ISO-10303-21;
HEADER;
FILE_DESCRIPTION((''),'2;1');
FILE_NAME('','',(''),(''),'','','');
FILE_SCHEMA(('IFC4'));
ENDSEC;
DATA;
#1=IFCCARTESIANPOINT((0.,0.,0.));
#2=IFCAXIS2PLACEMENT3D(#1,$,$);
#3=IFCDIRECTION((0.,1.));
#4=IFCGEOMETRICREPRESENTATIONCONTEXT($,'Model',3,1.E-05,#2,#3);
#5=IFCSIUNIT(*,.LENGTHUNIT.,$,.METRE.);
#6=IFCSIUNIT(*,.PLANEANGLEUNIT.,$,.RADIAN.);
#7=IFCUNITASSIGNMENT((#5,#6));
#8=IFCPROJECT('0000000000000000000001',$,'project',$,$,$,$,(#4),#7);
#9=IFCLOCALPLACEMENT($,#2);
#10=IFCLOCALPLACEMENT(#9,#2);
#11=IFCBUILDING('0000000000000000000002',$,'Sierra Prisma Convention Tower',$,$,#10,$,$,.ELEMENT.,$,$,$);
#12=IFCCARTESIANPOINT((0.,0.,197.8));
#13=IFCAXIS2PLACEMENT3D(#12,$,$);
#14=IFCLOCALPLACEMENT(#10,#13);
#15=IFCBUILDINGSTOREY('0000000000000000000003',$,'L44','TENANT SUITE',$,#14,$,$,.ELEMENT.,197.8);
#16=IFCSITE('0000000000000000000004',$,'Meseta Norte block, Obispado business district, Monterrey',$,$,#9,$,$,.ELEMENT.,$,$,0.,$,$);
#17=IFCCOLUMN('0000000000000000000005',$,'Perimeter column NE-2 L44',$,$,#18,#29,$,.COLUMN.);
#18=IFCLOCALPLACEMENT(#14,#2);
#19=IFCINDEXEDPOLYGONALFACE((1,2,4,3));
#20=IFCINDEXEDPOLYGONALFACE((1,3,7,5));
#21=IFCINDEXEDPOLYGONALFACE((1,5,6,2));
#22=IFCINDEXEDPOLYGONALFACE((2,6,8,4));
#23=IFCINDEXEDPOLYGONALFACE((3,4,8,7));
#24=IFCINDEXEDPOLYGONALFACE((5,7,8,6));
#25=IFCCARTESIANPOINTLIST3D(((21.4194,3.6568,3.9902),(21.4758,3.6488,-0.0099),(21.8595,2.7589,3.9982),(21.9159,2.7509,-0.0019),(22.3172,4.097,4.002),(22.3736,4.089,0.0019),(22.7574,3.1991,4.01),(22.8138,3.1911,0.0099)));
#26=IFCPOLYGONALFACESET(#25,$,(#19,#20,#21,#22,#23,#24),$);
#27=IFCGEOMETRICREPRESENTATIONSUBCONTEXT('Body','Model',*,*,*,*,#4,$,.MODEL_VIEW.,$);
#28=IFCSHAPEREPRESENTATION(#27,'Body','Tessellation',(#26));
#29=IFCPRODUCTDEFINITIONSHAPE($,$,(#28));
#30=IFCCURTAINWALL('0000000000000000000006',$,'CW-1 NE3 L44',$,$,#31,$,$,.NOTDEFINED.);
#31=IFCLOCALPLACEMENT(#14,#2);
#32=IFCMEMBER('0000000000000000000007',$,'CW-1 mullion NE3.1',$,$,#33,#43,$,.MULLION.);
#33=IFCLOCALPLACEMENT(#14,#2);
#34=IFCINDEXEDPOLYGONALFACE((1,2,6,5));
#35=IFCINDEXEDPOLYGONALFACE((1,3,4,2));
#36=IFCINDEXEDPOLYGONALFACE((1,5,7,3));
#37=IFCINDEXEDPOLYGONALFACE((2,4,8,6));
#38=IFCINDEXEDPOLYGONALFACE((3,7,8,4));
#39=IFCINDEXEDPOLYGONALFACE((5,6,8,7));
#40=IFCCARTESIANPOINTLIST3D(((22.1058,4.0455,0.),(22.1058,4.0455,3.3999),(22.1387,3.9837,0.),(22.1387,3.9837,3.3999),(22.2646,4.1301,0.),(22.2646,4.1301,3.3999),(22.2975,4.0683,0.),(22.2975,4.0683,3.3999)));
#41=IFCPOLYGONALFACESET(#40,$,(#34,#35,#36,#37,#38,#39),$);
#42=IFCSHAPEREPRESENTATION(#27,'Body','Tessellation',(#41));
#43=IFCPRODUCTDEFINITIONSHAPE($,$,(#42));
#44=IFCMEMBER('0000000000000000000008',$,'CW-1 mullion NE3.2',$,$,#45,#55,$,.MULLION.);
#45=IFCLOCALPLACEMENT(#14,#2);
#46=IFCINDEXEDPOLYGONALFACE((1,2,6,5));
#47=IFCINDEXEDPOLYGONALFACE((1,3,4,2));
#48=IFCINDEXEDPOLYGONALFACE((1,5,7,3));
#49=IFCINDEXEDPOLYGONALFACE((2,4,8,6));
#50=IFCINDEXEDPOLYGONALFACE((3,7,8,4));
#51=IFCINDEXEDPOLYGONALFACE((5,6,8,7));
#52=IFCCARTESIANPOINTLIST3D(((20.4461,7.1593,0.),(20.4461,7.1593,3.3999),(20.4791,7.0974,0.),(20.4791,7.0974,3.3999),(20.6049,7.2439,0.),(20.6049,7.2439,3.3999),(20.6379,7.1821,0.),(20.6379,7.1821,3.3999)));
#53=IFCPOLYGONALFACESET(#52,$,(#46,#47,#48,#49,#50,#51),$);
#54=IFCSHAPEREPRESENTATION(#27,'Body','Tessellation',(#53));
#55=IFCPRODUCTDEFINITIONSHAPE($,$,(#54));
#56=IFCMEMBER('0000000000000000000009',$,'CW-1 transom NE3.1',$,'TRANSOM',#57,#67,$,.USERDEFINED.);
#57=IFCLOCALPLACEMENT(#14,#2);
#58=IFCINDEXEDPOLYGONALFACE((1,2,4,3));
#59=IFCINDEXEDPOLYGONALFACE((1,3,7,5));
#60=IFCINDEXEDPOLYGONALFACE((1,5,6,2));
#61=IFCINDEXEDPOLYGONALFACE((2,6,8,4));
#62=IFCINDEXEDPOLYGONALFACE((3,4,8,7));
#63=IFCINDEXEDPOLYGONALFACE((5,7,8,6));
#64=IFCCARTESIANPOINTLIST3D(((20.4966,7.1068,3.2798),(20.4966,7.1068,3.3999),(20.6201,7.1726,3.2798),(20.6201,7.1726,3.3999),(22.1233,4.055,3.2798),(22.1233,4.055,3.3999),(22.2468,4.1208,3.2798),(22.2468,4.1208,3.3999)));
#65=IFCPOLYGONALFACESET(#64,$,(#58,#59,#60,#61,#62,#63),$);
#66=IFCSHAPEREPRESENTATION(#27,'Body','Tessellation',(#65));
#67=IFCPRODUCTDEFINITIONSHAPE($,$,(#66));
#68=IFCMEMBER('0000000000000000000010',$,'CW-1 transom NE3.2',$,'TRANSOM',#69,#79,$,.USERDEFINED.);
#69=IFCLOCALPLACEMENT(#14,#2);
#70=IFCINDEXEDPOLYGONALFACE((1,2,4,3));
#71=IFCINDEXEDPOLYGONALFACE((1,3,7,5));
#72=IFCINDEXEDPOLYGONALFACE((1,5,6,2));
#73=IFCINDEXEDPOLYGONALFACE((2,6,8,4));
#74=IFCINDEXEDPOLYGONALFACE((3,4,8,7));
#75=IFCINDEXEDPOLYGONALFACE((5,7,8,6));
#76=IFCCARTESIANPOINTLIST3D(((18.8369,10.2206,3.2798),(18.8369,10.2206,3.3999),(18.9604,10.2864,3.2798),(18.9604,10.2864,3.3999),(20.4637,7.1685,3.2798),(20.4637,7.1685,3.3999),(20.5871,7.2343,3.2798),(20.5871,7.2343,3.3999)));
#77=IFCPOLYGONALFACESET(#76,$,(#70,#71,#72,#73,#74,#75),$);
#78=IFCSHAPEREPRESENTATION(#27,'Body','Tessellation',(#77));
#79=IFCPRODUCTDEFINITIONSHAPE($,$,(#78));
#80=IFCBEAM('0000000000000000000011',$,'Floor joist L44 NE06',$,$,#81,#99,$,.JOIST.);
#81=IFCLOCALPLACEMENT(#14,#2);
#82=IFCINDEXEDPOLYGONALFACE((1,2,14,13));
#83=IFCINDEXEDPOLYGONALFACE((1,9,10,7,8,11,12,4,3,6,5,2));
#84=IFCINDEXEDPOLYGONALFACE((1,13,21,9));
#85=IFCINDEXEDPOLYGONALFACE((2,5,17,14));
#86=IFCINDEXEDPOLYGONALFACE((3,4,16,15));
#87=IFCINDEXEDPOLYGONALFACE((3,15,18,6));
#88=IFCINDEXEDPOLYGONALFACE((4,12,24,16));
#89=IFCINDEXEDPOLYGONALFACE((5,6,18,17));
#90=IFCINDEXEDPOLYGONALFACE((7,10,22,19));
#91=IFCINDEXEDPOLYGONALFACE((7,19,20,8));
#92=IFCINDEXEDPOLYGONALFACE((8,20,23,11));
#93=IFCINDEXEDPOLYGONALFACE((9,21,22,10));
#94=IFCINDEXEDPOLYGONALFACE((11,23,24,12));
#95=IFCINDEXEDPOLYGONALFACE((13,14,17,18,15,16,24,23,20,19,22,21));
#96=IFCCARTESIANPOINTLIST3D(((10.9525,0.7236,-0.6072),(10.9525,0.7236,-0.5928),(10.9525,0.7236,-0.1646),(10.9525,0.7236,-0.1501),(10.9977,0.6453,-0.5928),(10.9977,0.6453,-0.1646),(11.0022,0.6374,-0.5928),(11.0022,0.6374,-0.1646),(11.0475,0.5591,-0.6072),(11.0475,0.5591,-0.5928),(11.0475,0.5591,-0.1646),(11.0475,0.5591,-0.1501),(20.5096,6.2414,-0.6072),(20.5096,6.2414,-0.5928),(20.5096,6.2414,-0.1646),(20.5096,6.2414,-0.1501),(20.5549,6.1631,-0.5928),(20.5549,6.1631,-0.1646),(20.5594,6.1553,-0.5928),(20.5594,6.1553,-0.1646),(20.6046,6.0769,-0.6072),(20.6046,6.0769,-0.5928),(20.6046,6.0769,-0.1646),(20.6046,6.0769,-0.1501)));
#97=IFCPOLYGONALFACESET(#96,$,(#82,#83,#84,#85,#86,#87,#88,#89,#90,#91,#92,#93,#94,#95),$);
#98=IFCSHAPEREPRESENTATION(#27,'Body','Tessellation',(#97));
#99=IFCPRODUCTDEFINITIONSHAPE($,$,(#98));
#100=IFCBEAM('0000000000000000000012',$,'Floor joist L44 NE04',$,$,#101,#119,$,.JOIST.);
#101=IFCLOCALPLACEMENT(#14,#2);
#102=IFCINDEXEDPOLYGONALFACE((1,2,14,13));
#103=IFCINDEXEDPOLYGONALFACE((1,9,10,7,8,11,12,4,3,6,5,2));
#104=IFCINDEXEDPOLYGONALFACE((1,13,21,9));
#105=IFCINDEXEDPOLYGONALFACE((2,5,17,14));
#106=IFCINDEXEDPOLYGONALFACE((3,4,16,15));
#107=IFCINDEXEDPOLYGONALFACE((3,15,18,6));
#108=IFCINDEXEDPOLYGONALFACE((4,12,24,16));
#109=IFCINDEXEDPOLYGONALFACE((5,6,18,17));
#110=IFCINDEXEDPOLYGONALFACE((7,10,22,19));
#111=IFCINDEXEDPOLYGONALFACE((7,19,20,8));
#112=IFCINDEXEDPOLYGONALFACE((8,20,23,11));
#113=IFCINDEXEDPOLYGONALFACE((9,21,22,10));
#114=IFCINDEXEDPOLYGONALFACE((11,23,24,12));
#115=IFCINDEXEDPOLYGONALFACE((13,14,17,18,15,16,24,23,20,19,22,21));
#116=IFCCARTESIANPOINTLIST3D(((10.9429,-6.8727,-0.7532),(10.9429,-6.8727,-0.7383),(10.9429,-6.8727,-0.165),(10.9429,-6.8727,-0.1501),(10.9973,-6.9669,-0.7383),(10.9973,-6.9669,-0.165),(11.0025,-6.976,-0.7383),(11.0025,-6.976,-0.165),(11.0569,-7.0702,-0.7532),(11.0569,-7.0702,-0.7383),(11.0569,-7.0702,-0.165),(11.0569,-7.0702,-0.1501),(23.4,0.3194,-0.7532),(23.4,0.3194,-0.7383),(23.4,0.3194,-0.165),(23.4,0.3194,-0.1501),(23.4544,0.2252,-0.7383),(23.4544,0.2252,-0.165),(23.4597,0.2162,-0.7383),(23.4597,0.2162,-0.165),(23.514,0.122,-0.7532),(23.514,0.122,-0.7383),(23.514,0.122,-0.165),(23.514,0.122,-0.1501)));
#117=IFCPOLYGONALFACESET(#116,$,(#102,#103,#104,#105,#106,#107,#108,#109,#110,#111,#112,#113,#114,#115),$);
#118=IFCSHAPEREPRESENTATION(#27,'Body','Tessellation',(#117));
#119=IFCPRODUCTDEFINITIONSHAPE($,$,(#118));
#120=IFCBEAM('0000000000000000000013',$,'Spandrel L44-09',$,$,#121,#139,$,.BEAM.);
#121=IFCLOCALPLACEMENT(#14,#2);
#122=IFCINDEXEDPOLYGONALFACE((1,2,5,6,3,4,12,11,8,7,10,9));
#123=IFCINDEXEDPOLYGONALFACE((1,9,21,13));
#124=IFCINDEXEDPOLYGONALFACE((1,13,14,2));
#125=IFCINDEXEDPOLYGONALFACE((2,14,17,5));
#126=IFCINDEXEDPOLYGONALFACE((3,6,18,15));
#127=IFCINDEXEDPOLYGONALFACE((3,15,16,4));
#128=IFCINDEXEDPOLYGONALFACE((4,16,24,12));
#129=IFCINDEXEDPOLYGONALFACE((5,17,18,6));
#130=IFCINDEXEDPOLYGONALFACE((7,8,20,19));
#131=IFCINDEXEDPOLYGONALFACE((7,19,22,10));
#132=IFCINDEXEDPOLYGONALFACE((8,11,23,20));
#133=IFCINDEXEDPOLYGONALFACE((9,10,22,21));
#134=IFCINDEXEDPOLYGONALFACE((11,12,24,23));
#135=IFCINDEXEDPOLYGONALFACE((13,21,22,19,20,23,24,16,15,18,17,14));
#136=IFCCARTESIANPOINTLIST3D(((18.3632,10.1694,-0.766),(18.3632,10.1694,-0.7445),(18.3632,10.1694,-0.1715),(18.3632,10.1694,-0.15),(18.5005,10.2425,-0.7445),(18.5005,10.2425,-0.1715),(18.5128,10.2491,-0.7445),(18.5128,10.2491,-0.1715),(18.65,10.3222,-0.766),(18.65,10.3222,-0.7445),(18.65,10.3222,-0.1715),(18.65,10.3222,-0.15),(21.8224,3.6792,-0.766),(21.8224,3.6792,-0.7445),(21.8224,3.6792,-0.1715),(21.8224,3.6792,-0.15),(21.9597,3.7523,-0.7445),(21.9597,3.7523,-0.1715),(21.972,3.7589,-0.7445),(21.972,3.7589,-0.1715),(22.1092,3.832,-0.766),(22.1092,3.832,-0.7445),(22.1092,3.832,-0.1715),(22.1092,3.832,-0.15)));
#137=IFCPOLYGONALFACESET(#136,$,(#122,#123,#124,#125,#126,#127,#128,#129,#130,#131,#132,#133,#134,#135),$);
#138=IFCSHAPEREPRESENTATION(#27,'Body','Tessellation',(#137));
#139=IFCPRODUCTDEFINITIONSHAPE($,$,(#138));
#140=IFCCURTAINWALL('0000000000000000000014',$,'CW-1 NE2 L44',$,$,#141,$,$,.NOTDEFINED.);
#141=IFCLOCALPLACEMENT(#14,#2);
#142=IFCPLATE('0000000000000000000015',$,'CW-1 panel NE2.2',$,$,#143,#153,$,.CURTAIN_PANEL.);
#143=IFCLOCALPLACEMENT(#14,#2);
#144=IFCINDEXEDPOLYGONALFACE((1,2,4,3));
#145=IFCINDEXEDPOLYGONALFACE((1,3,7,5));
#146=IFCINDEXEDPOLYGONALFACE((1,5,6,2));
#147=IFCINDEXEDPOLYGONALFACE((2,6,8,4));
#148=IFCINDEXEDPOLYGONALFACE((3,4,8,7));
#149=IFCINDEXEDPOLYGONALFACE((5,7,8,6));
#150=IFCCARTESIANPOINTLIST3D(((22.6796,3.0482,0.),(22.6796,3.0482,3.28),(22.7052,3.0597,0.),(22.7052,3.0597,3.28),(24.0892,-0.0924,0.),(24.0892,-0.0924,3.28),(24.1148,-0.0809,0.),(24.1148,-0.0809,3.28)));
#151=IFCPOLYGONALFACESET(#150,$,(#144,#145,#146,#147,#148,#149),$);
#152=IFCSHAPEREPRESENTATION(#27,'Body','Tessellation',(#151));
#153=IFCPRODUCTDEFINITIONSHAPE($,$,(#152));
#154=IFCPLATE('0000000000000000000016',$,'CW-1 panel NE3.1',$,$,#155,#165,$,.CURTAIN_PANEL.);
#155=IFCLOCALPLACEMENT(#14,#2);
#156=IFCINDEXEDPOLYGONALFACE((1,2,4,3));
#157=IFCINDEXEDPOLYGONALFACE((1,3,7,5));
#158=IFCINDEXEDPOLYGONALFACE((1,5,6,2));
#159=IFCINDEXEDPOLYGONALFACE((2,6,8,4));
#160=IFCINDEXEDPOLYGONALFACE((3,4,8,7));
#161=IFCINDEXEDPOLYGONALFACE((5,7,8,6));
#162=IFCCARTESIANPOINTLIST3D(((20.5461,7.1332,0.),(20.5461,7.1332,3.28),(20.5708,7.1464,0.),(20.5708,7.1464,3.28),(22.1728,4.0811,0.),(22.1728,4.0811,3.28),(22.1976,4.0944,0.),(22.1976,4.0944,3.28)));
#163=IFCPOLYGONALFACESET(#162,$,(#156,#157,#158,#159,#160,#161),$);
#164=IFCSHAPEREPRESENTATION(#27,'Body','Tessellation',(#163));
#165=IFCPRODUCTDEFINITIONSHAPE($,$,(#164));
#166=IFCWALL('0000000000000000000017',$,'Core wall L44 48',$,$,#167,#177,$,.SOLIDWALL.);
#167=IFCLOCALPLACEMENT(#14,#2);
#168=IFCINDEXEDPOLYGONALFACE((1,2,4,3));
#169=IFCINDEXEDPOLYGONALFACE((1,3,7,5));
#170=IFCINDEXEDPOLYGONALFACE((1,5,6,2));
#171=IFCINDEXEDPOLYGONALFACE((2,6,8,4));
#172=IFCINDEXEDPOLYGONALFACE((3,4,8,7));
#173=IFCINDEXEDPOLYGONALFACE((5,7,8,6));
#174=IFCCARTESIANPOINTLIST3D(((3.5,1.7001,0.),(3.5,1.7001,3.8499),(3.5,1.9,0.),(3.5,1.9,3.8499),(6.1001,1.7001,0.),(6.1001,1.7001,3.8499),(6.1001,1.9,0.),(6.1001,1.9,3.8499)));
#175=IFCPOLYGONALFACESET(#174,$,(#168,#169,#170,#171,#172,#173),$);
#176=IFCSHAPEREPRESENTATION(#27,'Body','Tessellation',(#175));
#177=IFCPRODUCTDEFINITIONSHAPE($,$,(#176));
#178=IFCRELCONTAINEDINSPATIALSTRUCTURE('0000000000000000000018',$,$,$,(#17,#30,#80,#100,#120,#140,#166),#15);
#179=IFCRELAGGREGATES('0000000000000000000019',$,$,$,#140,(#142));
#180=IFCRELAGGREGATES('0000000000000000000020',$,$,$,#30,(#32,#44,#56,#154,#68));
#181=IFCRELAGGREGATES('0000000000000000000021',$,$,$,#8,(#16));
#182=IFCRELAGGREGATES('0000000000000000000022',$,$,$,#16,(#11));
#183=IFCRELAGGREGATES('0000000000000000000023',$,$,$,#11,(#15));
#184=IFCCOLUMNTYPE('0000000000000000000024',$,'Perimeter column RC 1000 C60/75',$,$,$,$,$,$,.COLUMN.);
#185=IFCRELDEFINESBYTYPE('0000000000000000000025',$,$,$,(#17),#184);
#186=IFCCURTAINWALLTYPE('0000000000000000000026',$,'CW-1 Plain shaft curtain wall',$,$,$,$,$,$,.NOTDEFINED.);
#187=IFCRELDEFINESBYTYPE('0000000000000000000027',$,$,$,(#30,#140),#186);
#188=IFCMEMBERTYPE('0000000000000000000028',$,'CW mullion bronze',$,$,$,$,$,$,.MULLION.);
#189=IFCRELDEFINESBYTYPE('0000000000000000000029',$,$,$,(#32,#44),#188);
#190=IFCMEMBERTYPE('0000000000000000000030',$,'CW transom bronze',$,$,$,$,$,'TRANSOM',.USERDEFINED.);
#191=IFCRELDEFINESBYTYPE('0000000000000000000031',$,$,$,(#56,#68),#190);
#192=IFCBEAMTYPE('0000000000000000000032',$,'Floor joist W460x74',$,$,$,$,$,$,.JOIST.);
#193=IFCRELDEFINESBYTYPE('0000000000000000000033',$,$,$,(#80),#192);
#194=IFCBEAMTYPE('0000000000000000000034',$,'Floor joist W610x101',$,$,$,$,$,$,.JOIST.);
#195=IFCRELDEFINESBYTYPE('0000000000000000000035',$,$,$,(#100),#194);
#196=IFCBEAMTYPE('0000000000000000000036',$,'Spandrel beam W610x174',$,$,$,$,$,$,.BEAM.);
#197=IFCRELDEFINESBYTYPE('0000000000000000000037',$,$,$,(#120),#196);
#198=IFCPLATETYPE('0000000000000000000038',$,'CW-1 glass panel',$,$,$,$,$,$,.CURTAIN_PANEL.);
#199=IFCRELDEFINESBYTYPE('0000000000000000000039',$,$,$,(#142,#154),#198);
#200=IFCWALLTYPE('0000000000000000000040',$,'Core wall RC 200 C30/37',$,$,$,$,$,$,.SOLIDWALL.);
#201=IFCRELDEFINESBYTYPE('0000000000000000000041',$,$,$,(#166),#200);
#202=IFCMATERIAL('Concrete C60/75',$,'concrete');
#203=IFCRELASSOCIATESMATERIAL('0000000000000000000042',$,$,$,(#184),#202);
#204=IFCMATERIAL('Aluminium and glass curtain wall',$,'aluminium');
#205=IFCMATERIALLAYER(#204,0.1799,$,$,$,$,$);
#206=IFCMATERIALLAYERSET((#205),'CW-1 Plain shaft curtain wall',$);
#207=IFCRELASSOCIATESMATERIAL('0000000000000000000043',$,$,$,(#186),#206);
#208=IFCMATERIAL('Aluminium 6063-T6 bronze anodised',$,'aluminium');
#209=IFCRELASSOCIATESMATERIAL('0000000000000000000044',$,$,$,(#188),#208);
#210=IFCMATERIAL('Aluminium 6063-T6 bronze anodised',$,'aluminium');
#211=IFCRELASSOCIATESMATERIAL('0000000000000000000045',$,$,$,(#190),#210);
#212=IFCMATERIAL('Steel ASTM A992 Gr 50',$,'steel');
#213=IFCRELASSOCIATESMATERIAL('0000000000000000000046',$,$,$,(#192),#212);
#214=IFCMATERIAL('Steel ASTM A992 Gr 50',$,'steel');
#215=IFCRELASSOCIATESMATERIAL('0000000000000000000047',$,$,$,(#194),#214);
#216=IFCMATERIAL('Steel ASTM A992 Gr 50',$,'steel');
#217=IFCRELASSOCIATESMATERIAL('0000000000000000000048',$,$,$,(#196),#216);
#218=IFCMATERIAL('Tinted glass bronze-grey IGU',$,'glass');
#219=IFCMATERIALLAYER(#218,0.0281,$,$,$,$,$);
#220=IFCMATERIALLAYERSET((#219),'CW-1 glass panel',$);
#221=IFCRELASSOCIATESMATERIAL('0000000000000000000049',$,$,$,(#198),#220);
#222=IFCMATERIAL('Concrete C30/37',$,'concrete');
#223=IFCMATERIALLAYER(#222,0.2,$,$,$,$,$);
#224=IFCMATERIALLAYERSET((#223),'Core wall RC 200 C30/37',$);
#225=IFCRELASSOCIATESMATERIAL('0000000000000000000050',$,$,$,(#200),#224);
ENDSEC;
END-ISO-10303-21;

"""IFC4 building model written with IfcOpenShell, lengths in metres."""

from ifc_helpers import new_model, si_unit, direction, frame, frame_2d, origin, origin_2d, place, context, subcontext, project, spatial, rectangle, i_section, extrude, material, layer, layer_set, material_profile, profile_set, type_object, element, aggregate, save


model = new_model("IFC4")

# Units and contexts
model_context = context("Model", 3, precision=1e-05, world=origin(), true_north=direction((0.0, 1.0)))
body_context = subcontext(model_context, "Body", "Model", "MODEL_VIEW")
ifc_project = project(units=[si_unit("LENGTHUNIT", "METRE"), si_unit("PLANEANGLEUNIT", "RADIAN")], contexts=[model_context])

# Site, building, storey
site_placement = place(None, origin())
site = spatial("IfcSite", under=ifc_project, at=site_placement, Name="Meseta Norte block, Obispado business district, Monterrey", CompositionType="ELEMENT", RefElevation=0.0)
building_placement = place(site_placement, origin())
building = spatial("IfcBuilding", under=site, at=building_placement, Name="Sierra Prisma Convention Tower", CompositionType="ELEMENT")
storey_placement = place(building_placement, frame((0.0, 0.0, 197.8)))
storey = spatial("IfcBuildingStorey", under=building, at=storey_placement, Name="L44", Description="TENANT SUITE", CompositionType="ELEMENT", Elevation=197.8)

# Column
ifc_material_1 = material(Name="Concrete C60/75", Category="concrete")
ifc_material_profile_1 = material_profile(ifc_material_1, rectangle(XDim=1.0, YDim=1.0, at=origin_2d()), Name="Perimeter column RC 1000 C60/75")
ifc_profile_set_1 = profile_set([ifc_material_profile_1], Name="Concrete C60/75")
column_type = type_object("IfcColumnType", Name="Perimeter column RC 1000 C60/75", PredefinedType="COLUMN", material=ifc_profile_set_1)
column_placement = place(storey_placement, frame((22.1448, 3.4199, 0.0), z_axis=(-0.014098, 0.002014, 0.999899), x_axis=(-0.440137, 0.897895, -0.008014)))
element("IfcColumn", 1, at=column_placement, inside=storey, type_object=column_type, Name="Perimeter column NE-2 L44", PredefinedType="COLUMN", context=body_context, shape_type="SweptSolid", body=[
    extrude(rectangle(XDim=1.0, YDim=1.0, at=origin_2d()), origin(), (0.0, 0.0, 1.0), 4.0005),
])

# Curtain wall, members
ifc_material_2 = material(Name="Aluminium and glass curtain wall", Category="aluminium")
ifc_layer_1 = layer(ifc_material_2, 0.1799)
ifc_layer_set_1 = layer_set([ifc_layer_1], Name="CW-1 Plain shaft curtain wall")
curtain_wall_type = type_object("IfcCurtainWallType", Name="CW-1 Plain shaft curtain wall", PredefinedType="NOTDEFINED", material=ifc_layer_set_1)
curtain_wall_1_placement = place(storey_placement, origin())
curtain_wall_1 = element("IfcCurtainWall", 2, at=curtain_wall_1_placement, inside=storey, type_object=curtain_wall_type, Name="CW-1 NE3 L44", PredefinedType="NOTDEFINED")
ifc_material_3 = material(Name="Aluminium 6063-T6 bronze anodised", Category="aluminium")
ifc_material_profile_2 = material_profile(ifc_material_3, rectangle(XDim=0.1799, YDim=0.0701, at=origin_2d()), Name="ALU MULLION 70x180")
ifc_profile_set_2 = profile_set([ifc_material_profile_2], Name="Aluminium 6063-T6 bronze anodised")
member_type_1 = type_object("IfcMemberType", Name="CW mullion bronze", PredefinedType="MULLION", material=ifc_profile_set_2)
member_1_placement = place(storey_placement, frame((22.2017, 4.0569, 0.0), z_axis=(0.0, 0.0, 1.0), x_axis=(-0.882474, -0.470361, 0.0)))
member_1 = element("IfcMember", 3, at=member_1_placement, type_object=member_type_1, Name="CW-1 mullion NE3.1", PredefinedType="MULLION", context=body_context, shape_type="SweptSolid", body=[
    extrude(rectangle(XDim=0.1799, YDim=0.0701, at=origin_2d()), origin(), (0.0, 0.0, 1.0), 3.3999),
])
member_2_placement = place(storey_placement, frame((20.542, 7.1707, 0.0), z_axis=(0.0, 0.0, 1.0), x_axis=(-0.882474, -0.470361, 0.0)))
member_2 = element("IfcMember", 4, at=member_2_placement, type_object=member_type_1, Name="CW-1 mullion NE3.2", PredefinedType="MULLION", context=body_context, shape_type="SweptSolid", body=[
    extrude(rectangle(XDim=0.1799, YDim=0.0701, at=origin_2d()), origin(), (0.0, 0.0, 1.0), 3.3999),
])
ifc_material_4 = material(Name="Aluminium 6063-T6 bronze anodised", Category="aluminium")
ifc_material_profile_3 = material_profile(ifc_material_4, rectangle(XDim=0.1399, YDim=0.1201, at=origin_2d()), Name="ALU TRANSOM 120x140")
ifc_profile_set_3 = profile_set([ifc_material_profile_3], Name="Aluminium 6063-T6 bronze anodised")
member_type_2 = type_object("IfcMemberType", Name="CW transom bronze", ElementType="TRANSOM", PredefinedType="USERDEFINED", material=ifc_profile_set_3)
member_3_placement = place(storey_placement, frame((22.1851, 4.0879, 3.3398), z_axis=(-0.470387, 0.88246, 0.0), x_axis=(-0.88246, -0.470387, 0.0)))
member_3 = element("IfcMember", 5, at=member_3_placement, type_object=member_type_2, Name="CW-1 transom NE3.1", ObjectType="TRANSOM", PredefinedType="USERDEFINED", context=body_context, shape_type="SweptSolid", body=[
    extrude(rectangle(XDim=0.1399, YDim=0.1201, at=origin_2d()), origin(), (0.0, 0.0, 1.0), 3.4583),
])
member_4_placement = place(storey_placement, frame((20.5254, 7.2014, 3.3398), z_axis=(-0.470357, 0.882476, 0.0), x_axis=(-0.882476, -0.470357, 0.0)))
member_4 = element("IfcMember", 6, at=member_4_placement, type_object=member_type_2, Name="CW-1 transom NE3.2", ObjectType="TRANSOM", PredefinedType="USERDEFINED", context=body_context, shape_type="SweptSolid", body=[
    extrude(rectangle(XDim=0.1399, YDim=0.1201, at=origin_2d()), origin(), (0.0, 0.0, 1.0), 3.4585),
])

# Beams
ifc_material_5 = material(Name="Steel ASTM A992 Gr 50", Category="steel")
ifc_material_profile_4 = material_profile(ifc_material_5, i_section(OverallWidth=0.1899, OverallDepth=0.457, WebThickness=0.009, FlangeThickness=0.0144, at=origin_2d()), Name="W460x74")
ifc_profile_set_4 = profile_set([ifc_material_profile_4], Name="Steel ASTM A992 Gr 50")
beam_type_1 = type_object("IfcBeamType", Name="Floor joist W460x74", PredefinedType="JOIST", material=ifc_profile_set_4)
beam_1_placement = place(storey_placement, frame((20.5571, 6.1592, -0.3787), z_axis=(-0.866025, -0.500001, 0.0), x_axis=(0.500001, -0.866025, 0.0)))
element("IfcBeam", 7, at=beam_1_placement, inside=storey, type_object=beam_type_1, Name="Floor joist L44 NE06", PredefinedType="JOIST", context=body_context, shape_type="SweptSolid", body=[
    extrude(i_section(OverallWidth=0.1899, OverallDepth=0.457, WebThickness=0.009, FlangeThickness=0.0144, at=origin_2d()), origin(), (0.0, 0.0, 1.0), 11.0356),
])
ifc_material_6 = material(Name="Steel ASTM A992 Gr 50", Category="steel")
ifc_material_profile_5 = material_profile(ifc_material_6, i_section(OverallWidth=0.228, OverallDepth=0.603, WebThickness=0.0105, FlangeThickness=0.0149, at=origin_2d()), Name="W610x101")
ifc_profile_set_5 = profile_set([ifc_material_profile_5], Name="Steel ASTM A992 Gr 50")
beam_type_2 = type_object("IfcBeamType", Name="Floor joist W610x101", PredefinedType="JOIST", material=ifc_profile_set_5)
beam_2_placement = place(storey_placement, frame((23.457, 0.2207, -0.4517), z_axis=(-0.866023, -0.500004, 0.0), x_axis=(0.500004, -0.866023, 0.0)))
element("IfcBeam", 8, at=beam_2_placement, inside=storey, type_object=beam_type_2, Name="Floor joist L44 NE04", PredefinedType="JOIST", context=body_context, shape_type="SweptSolid", body=[
    extrude(i_section(OverallWidth=0.228, OverallDepth=0.603, WebThickness=0.0105, FlangeThickness=0.0149, at=origin_2d()), origin(), (0.0, 0.0, 1.0), 14.3843),
])
ifc_material_7 = material(Name="Steel ASTM A992 Gr 50", Category="steel")
ifc_material_profile_6 = material_profile(ifc_material_7, i_section(OverallWidth=0.325, OverallDepth=0.616, WebThickness=0.0139, FlangeThickness=0.0215, at=origin_2d()), Name="W610x174")
ifc_profile_set_6 = profile_set([ifc_material_profile_6], Name="Steel ASTM A992 Gr 50")
beam_type_3 = type_object("IfcBeamType", Name="Spandrel beam W610x174", PredefinedType="BEAM", material=ifc_profile_set_6)
beam_3_placement = place(storey_placement, frame((21.9658, 3.7556, -0.458), z_axis=(-0.470352, 0.882479, 0.0), x_axis=(-0.882479, -0.470352, 0.0)))
element("IfcBeam", 9, at=beam_3_placement, inside=storey, type_object=beam_type_3, Name="Spandrel L44-09", PredefinedType="BEAM", context=body_context, shape_type="SweptSolid", body=[
    extrude(i_section(OverallWidth=0.325, OverallDepth=0.616, WebThickness=0.0139, FlangeThickness=0.0215, at=origin_2d()), origin(), (0.0, 0.0, 1.0), 7.3545),
])

# Curtain wall, plate
curtain_wall_2_placement = place(storey_placement, origin())
curtain_wall_2 = element("IfcCurtainWall", 10, at=curtain_wall_2_placement, inside=storey, type_object=curtain_wall_type, Name="CW-1 NE2 L44", PredefinedType="NOTDEFINED")
ifc_material_8 = material(Name="Tinted glass bronze-grey IGU", Category="glass")
ifc_layer_2 = layer(ifc_material_8, 0.0281)
ifc_layer_set_2 = layer_set([ifc_layer_2], Name="CW-1 glass panel")
plate_type = type_object("IfcPlateType", Name="CW-1 glass panel", PredefinedType="CURTAIN_PANEL", material=ifc_layer_set_2)
plate_1_placement = place(storey_placement, frame((23.3972, 1.4836, 0.0), z_axis=(0.0, 0.0, 1.0), x_axis=(-0.409495, 0.912312, 0.0)))
plate_1 = element("IfcPlate", 11, at=plate_1_placement, type_object=plate_type, Name="CW-1 panel NE2.2", PredefinedType="CURTAIN_PANEL", context=body_context, shape_type="SweptSolid", body=[
    extrude(rectangle(XDim=3.4424, YDim=0.0281, at=origin_2d()), origin(), (0.0, 0.0, 1.0), 3.28),
])
aggregate(curtain_wall_2, [plate_1])

# Plate
plate_2_placement = place(storey_placement, frame((21.3718, 5.6138, 0.0), z_axis=(0.0, 0.0, 1.0), x_axis=(-0.470361, 0.882474, 0.0)))
plate_2 = element("IfcPlate", 12, at=plate_2_placement, type_object=plate_type, Name="CW-1 panel NE3.1", PredefinedType="CURTAIN_PANEL", context=body_context, shape_type="SweptSolid", body=[
    extrude(rectangle(XDim=3.4585, YDim=0.0281, at=origin_2d()), origin(), (0.0, 0.0, 1.0), 3.28),
])
aggregate(curtain_wall_1, [member_1, member_2, member_3, plate_2, member_4])

# Wall
ifc_material_9 = material(Name="Concrete C30/37", Category="concrete")
ifc_layer_3 = layer(ifc_material_9, 0.2)
ifc_layer_set_3 = layer_set([ifc_layer_3], Name="Core wall RC 200 C30/37")
wall_type_1 = type_object("IfcWallType", Name="Core wall RC 200 C30/37", PredefinedType="SOLIDWALL", material=ifc_layer_set_3)
wall_1_placement = place(storey_placement, frame((6.1001, 1.8, 0.0), z_axis=(0.0, 0.0, 1.0), x_axis=(-1.0, 0.0, 0.0)))
element("IfcWall", 13, at=wall_1_placement, inside=storey, type_object=wall_type_1, Name="Core wall L44 48", PredefinedType="SOLIDWALL", context=body_context, shape_type="SweptSolid", body=[
    extrude(rectangle(XDim=2.6001, YDim=0.2, at=frame_2d((1.3, 0.0))), origin(), (0.0, 0.0, 1.0), 3.8499),
])

save(model, "model.ifc")
